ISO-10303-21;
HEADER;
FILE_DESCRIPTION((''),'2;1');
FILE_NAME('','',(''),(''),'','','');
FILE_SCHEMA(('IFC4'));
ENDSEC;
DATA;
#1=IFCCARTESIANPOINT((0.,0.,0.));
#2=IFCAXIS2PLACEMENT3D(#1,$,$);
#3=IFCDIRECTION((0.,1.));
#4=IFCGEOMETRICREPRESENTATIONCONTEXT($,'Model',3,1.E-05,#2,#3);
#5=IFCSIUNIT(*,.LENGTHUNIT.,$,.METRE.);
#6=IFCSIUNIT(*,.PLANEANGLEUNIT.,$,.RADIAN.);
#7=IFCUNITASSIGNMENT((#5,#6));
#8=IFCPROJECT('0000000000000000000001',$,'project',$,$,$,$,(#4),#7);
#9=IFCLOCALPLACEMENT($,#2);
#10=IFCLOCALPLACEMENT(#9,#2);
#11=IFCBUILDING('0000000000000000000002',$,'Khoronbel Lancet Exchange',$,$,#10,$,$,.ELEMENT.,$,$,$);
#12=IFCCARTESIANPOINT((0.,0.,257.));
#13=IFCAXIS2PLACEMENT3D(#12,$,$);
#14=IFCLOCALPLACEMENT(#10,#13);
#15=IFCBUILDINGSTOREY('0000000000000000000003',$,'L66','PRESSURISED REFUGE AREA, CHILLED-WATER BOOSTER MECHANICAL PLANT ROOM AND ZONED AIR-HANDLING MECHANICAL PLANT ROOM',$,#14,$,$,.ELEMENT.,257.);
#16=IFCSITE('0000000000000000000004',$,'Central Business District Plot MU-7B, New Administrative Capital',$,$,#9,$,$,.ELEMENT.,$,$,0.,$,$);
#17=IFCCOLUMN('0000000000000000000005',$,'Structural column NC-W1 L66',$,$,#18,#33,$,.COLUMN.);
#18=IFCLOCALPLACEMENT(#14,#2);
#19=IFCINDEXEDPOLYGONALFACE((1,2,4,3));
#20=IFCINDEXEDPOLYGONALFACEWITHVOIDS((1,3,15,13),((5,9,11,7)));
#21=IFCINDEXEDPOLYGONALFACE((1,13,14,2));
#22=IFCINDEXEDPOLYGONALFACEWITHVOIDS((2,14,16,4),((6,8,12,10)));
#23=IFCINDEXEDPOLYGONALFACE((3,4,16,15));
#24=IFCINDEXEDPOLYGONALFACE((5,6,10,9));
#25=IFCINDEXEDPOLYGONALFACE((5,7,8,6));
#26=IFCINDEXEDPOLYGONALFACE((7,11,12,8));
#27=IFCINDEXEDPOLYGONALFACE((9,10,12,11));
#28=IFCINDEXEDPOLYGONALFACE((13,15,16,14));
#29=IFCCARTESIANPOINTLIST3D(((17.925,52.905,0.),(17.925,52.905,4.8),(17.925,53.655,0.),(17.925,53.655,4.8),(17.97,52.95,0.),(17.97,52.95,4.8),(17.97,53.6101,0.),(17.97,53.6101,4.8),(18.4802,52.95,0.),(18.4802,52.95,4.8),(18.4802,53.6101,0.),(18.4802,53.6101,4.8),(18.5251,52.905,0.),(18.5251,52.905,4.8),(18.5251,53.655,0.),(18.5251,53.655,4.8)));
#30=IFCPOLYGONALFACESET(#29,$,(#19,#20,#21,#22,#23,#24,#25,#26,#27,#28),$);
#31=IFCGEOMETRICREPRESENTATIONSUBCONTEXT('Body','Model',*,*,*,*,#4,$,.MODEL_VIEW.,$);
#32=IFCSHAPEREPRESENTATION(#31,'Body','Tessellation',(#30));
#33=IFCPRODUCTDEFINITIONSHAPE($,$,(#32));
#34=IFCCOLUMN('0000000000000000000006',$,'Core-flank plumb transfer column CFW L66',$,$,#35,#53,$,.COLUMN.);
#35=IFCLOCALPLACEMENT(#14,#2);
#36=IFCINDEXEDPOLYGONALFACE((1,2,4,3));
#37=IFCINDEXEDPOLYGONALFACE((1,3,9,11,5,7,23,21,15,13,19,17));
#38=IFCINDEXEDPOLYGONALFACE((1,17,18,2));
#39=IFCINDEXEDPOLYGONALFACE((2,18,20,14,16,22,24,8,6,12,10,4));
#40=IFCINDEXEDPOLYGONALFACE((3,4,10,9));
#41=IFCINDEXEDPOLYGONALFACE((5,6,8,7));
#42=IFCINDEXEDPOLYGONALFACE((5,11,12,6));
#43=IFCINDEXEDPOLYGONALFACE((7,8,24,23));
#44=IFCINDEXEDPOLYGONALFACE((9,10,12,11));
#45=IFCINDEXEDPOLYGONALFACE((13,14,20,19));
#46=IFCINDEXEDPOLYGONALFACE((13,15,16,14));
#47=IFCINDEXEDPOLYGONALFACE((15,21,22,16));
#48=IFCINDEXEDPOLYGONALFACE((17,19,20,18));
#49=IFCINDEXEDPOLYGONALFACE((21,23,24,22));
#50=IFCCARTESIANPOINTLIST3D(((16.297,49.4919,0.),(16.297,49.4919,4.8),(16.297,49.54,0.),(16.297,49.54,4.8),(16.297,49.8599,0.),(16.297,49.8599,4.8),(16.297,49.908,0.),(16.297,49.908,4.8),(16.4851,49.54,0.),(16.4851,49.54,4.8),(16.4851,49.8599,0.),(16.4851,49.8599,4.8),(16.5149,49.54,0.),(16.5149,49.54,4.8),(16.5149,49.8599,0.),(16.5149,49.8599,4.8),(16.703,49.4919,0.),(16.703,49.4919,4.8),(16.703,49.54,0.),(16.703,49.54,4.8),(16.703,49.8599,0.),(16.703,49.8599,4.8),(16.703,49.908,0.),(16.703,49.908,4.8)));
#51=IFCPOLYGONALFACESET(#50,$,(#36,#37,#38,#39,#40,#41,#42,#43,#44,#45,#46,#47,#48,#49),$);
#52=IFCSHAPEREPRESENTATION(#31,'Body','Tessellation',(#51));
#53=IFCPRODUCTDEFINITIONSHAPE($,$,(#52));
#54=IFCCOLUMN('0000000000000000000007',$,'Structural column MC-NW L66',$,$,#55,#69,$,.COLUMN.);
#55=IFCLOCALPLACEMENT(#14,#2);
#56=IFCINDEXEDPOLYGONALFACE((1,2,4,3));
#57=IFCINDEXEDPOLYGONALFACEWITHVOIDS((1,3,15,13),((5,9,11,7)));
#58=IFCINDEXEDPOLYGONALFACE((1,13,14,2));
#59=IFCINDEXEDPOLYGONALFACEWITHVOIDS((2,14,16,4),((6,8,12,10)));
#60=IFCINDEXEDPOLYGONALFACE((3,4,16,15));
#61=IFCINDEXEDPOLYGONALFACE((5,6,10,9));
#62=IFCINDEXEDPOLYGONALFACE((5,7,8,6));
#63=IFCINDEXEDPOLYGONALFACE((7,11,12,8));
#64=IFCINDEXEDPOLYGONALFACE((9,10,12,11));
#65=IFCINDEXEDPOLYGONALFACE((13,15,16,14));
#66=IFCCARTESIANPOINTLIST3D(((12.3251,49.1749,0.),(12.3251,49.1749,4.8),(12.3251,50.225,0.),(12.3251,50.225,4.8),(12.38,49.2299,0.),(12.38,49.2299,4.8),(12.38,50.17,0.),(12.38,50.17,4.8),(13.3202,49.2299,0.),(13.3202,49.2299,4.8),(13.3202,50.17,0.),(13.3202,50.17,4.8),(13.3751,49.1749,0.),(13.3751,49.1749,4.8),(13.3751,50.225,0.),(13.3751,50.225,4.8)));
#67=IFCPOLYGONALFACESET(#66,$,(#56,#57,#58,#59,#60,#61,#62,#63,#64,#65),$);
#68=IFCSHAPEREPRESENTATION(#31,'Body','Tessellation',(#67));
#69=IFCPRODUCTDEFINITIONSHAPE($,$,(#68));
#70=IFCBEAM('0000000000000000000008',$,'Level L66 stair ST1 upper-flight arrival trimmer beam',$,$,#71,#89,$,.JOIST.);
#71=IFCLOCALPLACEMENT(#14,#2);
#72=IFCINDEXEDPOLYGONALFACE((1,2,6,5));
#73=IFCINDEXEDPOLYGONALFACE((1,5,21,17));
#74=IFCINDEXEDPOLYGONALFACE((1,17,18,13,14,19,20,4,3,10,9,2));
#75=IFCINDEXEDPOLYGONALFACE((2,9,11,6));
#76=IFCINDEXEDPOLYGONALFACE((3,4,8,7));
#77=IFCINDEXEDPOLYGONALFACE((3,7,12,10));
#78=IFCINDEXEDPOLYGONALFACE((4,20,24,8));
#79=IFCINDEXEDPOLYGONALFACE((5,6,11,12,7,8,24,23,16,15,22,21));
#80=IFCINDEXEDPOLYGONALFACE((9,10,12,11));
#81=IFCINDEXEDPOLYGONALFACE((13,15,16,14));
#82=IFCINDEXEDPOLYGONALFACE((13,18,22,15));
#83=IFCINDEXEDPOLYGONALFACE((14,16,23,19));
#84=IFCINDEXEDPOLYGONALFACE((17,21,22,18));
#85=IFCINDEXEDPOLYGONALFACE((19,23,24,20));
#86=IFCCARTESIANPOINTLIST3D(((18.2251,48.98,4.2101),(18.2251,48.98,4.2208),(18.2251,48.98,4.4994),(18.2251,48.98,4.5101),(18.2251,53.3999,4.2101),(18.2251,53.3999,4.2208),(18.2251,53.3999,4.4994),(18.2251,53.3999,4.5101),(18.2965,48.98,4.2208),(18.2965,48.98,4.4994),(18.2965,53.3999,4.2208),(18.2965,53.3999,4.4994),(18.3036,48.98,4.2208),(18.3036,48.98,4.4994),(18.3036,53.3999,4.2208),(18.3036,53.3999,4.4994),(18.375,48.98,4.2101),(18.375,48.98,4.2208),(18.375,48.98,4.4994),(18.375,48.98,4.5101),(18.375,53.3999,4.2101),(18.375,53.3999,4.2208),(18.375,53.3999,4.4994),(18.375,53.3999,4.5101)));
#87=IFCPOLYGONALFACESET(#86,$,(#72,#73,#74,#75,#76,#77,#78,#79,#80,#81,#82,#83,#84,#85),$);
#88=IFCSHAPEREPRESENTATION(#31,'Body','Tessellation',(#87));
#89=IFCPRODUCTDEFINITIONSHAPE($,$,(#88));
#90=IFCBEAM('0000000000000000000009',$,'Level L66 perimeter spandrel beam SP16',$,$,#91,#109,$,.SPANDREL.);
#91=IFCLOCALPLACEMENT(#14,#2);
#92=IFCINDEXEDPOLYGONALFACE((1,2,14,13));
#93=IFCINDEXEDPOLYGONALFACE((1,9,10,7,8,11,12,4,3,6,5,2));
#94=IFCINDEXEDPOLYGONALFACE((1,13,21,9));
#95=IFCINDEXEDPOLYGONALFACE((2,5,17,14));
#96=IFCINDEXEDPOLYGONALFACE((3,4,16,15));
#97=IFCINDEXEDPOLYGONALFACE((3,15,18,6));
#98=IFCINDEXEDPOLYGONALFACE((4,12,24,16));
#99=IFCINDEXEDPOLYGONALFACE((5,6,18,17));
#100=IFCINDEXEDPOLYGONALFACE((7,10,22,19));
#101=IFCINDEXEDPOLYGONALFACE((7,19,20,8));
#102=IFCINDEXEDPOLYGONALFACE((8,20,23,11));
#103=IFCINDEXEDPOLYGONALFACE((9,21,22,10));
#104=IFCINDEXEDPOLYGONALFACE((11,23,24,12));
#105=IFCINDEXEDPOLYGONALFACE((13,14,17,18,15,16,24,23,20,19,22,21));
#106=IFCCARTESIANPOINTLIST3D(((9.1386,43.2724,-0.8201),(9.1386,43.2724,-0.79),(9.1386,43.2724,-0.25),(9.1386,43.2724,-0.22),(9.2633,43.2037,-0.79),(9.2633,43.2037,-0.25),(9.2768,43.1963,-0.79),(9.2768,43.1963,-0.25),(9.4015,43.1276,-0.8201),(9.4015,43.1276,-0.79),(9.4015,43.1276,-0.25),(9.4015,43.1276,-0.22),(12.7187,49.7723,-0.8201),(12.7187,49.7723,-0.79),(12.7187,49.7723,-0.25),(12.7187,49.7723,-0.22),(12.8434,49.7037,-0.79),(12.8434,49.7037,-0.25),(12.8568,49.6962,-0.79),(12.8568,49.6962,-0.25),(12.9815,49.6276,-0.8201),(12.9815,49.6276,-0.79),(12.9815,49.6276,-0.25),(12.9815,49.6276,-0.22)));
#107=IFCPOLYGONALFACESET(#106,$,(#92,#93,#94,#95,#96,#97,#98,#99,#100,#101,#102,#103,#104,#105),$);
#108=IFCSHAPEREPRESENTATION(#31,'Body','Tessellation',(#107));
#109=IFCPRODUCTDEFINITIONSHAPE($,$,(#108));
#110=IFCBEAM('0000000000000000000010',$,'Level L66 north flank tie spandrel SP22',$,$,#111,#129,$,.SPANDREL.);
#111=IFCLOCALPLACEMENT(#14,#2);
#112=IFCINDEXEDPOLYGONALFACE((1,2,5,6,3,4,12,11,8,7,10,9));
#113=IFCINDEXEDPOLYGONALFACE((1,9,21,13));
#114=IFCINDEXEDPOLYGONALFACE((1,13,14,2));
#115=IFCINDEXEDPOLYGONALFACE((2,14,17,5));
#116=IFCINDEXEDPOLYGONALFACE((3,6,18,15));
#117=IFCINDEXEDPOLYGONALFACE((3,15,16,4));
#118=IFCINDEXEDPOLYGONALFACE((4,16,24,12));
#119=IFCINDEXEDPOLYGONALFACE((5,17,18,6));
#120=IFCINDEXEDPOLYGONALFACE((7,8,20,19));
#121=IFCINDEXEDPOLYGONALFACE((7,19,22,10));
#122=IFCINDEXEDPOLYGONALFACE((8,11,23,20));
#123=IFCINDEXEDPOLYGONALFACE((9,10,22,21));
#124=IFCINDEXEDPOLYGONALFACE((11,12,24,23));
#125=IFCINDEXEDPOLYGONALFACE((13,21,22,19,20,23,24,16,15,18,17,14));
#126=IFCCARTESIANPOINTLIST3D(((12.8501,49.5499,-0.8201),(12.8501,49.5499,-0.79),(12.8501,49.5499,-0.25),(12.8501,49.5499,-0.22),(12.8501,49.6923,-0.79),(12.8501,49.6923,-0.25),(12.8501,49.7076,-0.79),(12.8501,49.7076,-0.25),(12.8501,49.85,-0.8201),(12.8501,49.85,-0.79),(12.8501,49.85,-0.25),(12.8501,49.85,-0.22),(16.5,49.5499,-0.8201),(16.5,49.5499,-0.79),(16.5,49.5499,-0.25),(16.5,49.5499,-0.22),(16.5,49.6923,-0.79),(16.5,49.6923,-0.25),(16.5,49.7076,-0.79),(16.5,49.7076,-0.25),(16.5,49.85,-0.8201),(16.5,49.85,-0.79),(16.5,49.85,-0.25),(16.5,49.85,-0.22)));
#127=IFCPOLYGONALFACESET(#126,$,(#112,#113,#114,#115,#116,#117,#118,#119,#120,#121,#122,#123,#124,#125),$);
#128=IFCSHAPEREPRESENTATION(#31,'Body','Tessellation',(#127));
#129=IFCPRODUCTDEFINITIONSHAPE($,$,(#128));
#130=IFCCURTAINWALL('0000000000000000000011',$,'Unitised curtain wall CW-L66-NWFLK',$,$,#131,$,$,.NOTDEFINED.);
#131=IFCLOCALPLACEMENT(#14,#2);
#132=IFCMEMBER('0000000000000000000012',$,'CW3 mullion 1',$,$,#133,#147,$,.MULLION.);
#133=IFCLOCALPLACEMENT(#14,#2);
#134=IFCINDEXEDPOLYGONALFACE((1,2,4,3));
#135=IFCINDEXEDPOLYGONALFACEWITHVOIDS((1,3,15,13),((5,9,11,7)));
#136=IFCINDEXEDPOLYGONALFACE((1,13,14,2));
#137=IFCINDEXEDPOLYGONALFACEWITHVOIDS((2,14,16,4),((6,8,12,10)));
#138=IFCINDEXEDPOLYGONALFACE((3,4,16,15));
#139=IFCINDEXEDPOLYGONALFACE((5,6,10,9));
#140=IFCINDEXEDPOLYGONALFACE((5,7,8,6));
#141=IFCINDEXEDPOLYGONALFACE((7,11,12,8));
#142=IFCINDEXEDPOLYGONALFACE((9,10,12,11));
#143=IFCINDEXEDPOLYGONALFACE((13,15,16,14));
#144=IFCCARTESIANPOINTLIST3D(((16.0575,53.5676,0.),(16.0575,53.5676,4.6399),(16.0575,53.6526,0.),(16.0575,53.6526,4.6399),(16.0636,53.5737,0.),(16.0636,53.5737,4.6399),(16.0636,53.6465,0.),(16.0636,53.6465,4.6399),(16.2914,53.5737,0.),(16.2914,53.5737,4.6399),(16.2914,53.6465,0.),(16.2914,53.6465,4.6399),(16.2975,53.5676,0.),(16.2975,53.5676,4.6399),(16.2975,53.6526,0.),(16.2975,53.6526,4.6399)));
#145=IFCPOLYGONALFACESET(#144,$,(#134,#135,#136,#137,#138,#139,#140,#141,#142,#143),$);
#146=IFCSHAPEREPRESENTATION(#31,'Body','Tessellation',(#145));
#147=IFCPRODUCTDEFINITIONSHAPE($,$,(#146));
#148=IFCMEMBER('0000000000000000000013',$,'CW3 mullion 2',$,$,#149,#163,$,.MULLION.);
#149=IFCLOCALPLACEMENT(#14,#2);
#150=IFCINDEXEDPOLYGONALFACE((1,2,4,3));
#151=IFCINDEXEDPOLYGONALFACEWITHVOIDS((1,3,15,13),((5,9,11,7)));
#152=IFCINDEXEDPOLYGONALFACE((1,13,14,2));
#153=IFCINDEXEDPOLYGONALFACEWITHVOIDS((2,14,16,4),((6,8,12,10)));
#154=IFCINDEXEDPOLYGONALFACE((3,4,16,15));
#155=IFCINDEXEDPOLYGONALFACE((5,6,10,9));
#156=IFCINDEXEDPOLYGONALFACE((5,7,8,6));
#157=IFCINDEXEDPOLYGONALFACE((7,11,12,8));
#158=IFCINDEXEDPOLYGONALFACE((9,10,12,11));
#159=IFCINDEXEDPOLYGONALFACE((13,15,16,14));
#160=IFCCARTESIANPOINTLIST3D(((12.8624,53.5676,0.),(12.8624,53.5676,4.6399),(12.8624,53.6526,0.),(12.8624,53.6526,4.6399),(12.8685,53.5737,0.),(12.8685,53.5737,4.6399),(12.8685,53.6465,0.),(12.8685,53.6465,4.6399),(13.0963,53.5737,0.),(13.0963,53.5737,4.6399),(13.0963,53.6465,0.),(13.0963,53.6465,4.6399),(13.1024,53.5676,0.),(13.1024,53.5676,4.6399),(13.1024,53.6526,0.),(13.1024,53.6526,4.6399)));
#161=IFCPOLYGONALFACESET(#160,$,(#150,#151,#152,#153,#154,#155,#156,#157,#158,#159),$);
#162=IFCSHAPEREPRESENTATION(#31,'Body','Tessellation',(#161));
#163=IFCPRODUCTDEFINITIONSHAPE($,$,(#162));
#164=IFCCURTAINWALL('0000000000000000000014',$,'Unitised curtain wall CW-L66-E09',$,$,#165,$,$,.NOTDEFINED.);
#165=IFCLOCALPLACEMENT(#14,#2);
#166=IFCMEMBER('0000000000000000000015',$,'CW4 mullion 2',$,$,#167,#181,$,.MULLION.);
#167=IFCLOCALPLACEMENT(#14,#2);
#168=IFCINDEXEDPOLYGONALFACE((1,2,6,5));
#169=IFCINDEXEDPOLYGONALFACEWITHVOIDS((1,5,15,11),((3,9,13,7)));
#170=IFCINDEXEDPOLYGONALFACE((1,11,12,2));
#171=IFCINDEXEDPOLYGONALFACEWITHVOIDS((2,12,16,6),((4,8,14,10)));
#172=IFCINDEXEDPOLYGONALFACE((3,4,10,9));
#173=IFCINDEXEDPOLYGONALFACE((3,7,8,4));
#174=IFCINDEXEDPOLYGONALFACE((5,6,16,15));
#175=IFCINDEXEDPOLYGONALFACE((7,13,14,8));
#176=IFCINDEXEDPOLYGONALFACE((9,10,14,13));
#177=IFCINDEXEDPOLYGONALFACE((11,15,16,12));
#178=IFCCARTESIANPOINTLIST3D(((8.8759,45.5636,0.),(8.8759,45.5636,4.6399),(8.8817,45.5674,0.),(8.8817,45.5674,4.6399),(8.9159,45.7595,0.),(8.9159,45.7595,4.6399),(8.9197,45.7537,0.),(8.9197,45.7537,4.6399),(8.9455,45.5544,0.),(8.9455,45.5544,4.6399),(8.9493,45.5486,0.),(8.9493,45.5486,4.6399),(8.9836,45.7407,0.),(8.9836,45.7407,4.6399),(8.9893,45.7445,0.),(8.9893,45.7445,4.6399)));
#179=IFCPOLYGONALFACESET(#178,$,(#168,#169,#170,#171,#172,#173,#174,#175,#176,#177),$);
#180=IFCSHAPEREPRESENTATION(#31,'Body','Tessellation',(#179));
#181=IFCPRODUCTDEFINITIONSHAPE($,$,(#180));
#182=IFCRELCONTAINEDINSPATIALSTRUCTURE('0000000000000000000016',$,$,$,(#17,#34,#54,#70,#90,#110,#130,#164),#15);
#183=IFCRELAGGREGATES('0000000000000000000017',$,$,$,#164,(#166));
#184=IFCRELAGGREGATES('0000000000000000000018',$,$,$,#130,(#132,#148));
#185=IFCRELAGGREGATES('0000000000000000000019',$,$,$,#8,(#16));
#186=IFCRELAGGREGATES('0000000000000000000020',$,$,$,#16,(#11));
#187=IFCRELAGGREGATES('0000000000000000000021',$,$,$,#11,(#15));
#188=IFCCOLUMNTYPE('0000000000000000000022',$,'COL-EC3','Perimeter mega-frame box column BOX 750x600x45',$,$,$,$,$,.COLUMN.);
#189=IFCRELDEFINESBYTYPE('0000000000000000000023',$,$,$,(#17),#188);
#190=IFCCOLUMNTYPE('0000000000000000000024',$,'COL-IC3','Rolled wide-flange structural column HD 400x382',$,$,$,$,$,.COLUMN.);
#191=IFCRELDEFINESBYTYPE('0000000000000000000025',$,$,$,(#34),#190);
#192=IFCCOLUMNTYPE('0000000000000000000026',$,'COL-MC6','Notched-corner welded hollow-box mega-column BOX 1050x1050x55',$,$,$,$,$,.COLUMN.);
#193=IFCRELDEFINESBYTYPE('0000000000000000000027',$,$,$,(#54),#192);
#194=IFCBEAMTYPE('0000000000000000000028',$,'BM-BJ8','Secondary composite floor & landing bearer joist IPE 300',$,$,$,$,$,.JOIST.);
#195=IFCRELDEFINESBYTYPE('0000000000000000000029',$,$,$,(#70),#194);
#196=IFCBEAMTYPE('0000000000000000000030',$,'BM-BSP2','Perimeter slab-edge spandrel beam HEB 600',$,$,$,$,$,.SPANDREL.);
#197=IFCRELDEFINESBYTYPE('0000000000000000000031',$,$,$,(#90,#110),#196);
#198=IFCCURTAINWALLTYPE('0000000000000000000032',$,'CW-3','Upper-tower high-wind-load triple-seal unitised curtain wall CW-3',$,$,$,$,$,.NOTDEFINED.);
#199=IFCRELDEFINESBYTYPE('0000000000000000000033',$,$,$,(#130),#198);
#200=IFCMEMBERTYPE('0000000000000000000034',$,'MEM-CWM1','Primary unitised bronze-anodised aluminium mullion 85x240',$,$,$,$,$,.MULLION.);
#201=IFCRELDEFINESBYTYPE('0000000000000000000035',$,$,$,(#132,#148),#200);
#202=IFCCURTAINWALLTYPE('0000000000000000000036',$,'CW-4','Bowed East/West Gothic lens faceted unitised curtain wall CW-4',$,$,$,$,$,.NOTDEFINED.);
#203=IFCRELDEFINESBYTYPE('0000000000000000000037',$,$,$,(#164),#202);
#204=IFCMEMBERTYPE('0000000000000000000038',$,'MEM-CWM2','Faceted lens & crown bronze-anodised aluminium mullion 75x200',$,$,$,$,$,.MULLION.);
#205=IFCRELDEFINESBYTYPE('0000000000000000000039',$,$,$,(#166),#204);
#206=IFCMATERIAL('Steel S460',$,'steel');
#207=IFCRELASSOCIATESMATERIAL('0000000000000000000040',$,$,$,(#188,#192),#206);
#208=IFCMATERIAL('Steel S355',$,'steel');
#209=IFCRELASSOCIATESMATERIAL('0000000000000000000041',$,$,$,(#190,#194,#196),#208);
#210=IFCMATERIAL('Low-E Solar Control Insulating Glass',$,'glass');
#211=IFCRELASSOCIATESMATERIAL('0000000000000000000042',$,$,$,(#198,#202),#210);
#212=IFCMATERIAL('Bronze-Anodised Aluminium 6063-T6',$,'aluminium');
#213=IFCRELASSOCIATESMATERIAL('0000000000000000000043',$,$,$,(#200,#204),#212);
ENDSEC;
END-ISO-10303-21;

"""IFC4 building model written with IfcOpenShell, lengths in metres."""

from ifc_helpers import new_model, si_unit, direction, frame, origin, origin_2d, place, context, subcontext, project, spatial, hollow_rectangle, i_section, extrude, material, material_profile, profile_set, type_object, element, aggregate, save


model = new_model("IFC4")

# Units and contexts
model_context = context("Model", 3, precision=1e-05, world=origin(), true_north=direction((0.0, 1.0)))
body_context = subcontext(model_context, "Body", "Model", "MODEL_VIEW")
ifc_project = project(units=[si_unit("LENGTHUNIT", "METRE"), si_unit("PLANEANGLEUNIT", "RADIAN")], contexts=[model_context])

# Site, building, storey
site_placement = place(None, origin())
site = spatial("IfcSite", under=ifc_project, at=site_placement, Name="Central Business District Plot MU-7B, New Administrative Capital", CompositionType="ELEMENT", RefElevation=0.0)
building_placement = place(site_placement, origin())
building = spatial("IfcBuilding", under=site, at=building_placement, Name="Khoronbel Lancet Exchange", CompositionType="ELEMENT")
storey_placement = place(building_placement, frame((0.0, 0.0, 257.0)))
storey = spatial("IfcBuildingStorey", under=building, at=storey_placement, Name="L66", Description="PRESSURISED REFUGE AREA, CHILLED-WATER BOOSTER MECHANICAL PLANT ROOM AND ZONED AIR-HANDLING MECHANICAL PLANT ROOM", CompositionType="ELEMENT", Elevation=257.0)

# Columns
ifc_material_1 = material(Name="Steel S460", Category="steel")
ifc_material_profile_1 = material_profile(ifc_material_1, hollow_rectangle(XDim=0.6001, YDim=0.75, WallThickness=0.0449, at=origin_2d()), Name="BOX 750x600x45")
ifc_profile_set_1 = profile_set([ifc_material_profile_1], Name="Steel S460")
column_type_1 = type_object("IfcColumnType", Name="COL-EC3", Description="Perimeter mega-frame box column BOX 750x600x45", PredefinedType="COLUMN", material=ifc_profile_set_1)
column_1_placement = place(storey_placement, frame((18.2251, 53.28, 0.0), z_axis=(0.0, 0.0, 1.0), x_axis=(1.0, 0.0, 0.0)))
element("IfcColumn", 1, at=column_1_placement, inside=storey, type_object=column_type_1, Name="Structural column NC-W1 L66", PredefinedType="COLUMN", context=body_context, shape_type="SweptSolid", body=[
    extrude(hollow_rectangle(XDim=0.6001, YDim=0.75, WallThickness=0.0449, at=origin_2d()), origin(), (0.0, 0.0, 1.0), 4.8),
])
ifc_material_2 = material(Name="Steel S355", Category="steel")
ifc_material_profile_2 = material_profile(ifc_material_2, i_section(OverallWidth=0.406, OverallDepth=0.416, WebThickness=0.0298, FlangeThickness=0.0481, at=origin_2d()), Name="HD 400x382")
ifc_profile_set_2 = profile_set([ifc_material_profile_2], Name="Steel S355")
column_type_2 = type_object("IfcColumnType", Name="COL-IC3", Description="Rolled wide-flange structural column HD 400x382", PredefinedType="COLUMN", material=ifc_profile_set_2)
column_2_placement = place(storey_placement, frame((16.5, 49.7, 0.0), z_axis=(0.0, 0.0, 1.0), x_axis=(1.0, 0.0, 0.0)))
element("IfcColumn", 2, at=column_2_placement, inside=storey, type_object=column_type_2, Name="Core-flank plumb transfer column CFW L66", PredefinedType="COLUMN", context=body_context, shape_type="SweptSolid", body=[
    extrude(i_section(OverallWidth=0.406, OverallDepth=0.416, WebThickness=0.0298, FlangeThickness=0.0481, at=origin_2d()), origin(), (0.0, 0.0, 1.0), 4.8),
])
ifc_material_profile_3 = material_profile(ifc_material_1, hollow_rectangle(XDim=1.05, YDim=1.05, WallThickness=0.0549, at=origin_2d()), Name="BOX 1050x1050x55")
ifc_profile_set_3 = profile_set([ifc_material_profile_3], Name="Steel S460")
column_type_3 = type_object("IfcColumnType", Name="COL-MC6", Description="Notched-corner welded hollow-box mega-column BOX 1050x1050x55", PredefinedType="COLUMN", material=ifc_profile_set_3)
column_3_placement = place(storey_placement, frame((12.8501, 49.7, 0.0), z_axis=(0.0, 0.0, 1.0), x_axis=(1.0, 0.0, 0.0)))
element("IfcColumn", 3, at=column_3_placement, inside=storey, type_object=column_type_3, Name="Structural column MC-NW L66", PredefinedType="COLUMN", context=body_context, shape_type="SweptSolid", body=[
    extrude(hollow_rectangle(XDim=1.05, YDim=1.05, WallThickness=0.0549, at=origin_2d()), origin(), (0.0, 0.0, 1.0), 4.8),
])

# Beams
ifc_material_profile_4 = material_profile(ifc_material_2, i_section(OverallWidth=0.1499, OverallDepth=0.3, WebThickness=0.0071, FlangeThickness=0.0107, at=origin_2d()), Name="IPE 300")
ifc_profile_set_4 = profile_set([ifc_material_profile_4], Name="Steel S355")
beam_type_1 = type_object("IfcBeamType", Name="BM-BJ8", Description="Secondary composite floor & landing bearer joist IPE 300", PredefinedType="JOIST", material=ifc_profile_set_4)
beam_1_placement = place(storey_placement, frame((18.3, 48.98, 4.3601), z_axis=(0.0, 1.0, 0.0), x_axis=(-1.0, 0.0, 0.0)))
element("IfcBeam", 4, at=beam_1_placement, inside=storey, type_object=beam_type_1, Name="Level L66 stair ST1 upper-flight arrival trimmer beam", PredefinedType="JOIST", context=body_context, shape_type="SweptSolid", body=[
    extrude(i_section(OverallWidth=0.1499, OverallDepth=0.3, WebThickness=0.0071, FlangeThickness=0.0107, at=origin_2d()), origin(), (0.0, 0.0, 1.0), 4.4199),
])
ifc_material_profile_5 = material_profile(ifc_material_2, i_section(OverallWidth=0.3, OverallDepth=0.6001, WebThickness=0.0154, FlangeThickness=0.03, at=origin_2d()), Name="HEB 600")
ifc_profile_set_5 = profile_set([ifc_material_profile_5], Name="Steel S355")
beam_type_2 = type_object("IfcBeamType", Name="BM-BSP2", Description="Perimeter slab-edge spandrel beam HEB 600", PredefinedType="SPANDREL", material=ifc_profile_set_5)
beam_2_placement = place(storey_placement, frame((12.8501, 49.7, -0.52), z_axis=(-0.482444, -0.875927, 0.0), x_axis=(0.875927, -0.482444, 0.0)))
element("IfcBeam", 5, at=beam_2_placement, inside=storey, type_object=beam_type_2, Name="Level L66 perimeter spandrel beam SP16", PredefinedType="SPANDREL", context=body_context, shape_type="SweptSolid", body=[
    extrude(i_section(OverallWidth=0.3, OverallDepth=0.6001, WebThickness=0.0154, FlangeThickness=0.03, at=origin_2d()), origin(), (0.0, 0.0, 1.0), 7.4207),
])
beam_3_placement = place(storey_placement, frame((12.8501, 49.7, -0.52), z_axis=(1.0, 0.0, 0.0), x_axis=(0.0, 1.0, 0.0)))
element("IfcBeam", 6, at=beam_3_placement, inside=storey, type_object=beam_type_2, Name="Level L66 north flank tie spandrel SP22", PredefinedType="SPANDREL", context=body_context, shape_type="SweptSolid", body=[
    extrude(i_section(OverallWidth=0.3, OverallDepth=0.6001, WebThickness=0.0154, FlangeThickness=0.03, at=origin_2d()), origin(), (0.0, 0.0, 1.0), 3.6499),
])

# Curtain wall, members
ifc_material_3 = material(Name="Low-E Solar Control Insulating Glass", Category="glass")
curtain_wall_type_1 = type_object("IfcCurtainWallType", Name="CW-3", Description="Upper-tower high-wind-load triple-seal unitised curtain wall CW-3", PredefinedType="NOTDEFINED", material=ifc_material_3)
curtain_wall_1_placement = place(storey_placement, origin())
curtain_wall_1 = element("IfcCurtainWall", 7, at=curtain_wall_1_placement, inside=storey, type_object=curtain_wall_type_1, Name="Unitised curtain wall CW-L66-NWFLK", PredefinedType="NOTDEFINED")
ifc_material_4 = material(Name="Bronze-Anodised Aluminium 6063-T6", Category="aluminium")
ifc_material_profile_6 = material_profile(ifc_material_4, hollow_rectangle(XDim=0.085, YDim=0.24, WallThickness=0.0061, at=origin_2d()), Name="ALU MULLION 85x240")
ifc_profile_set_6 = profile_set([ifc_material_profile_6], Name="Bronze-Anodised Aluminium 6063-T6")
member_type_1 = type_object("IfcMemberType", Name="MEM-CWM1", Description="Primary unitised bronze-anodised aluminium mullion 85x240", PredefinedType="MULLION", material=ifc_profile_set_6)
member_1_placement = place(storey_placement, frame((16.1775, 53.6101, 0.0), z_axis=(0.0, 0.0, 1.0), x_axis=(0.0, -1.0, 0.0)))
member_1 = element("IfcMember", 8, at=member_1_placement, type_object=member_type_1, Name="CW3 mullion 1", PredefinedType="MULLION", context=body_context, shape_type="SweptSolid", body=[
    extrude(hollow_rectangle(XDim=0.085, YDim=0.24, WallThickness=0.0061, at=origin_2d()), origin(), (0.0, 0.0, 1.0), 4.6399),
])
member_2_placement = place(storey_placement, frame((12.9824, 53.6101, 0.0), z_axis=(0.0, 0.0, 1.0), x_axis=(0.0, -1.0, 0.0)))
member_2 = element("IfcMember", 9, at=member_2_placement, type_object=member_type_1, Name="CW3 mullion 2", PredefinedType="MULLION", context=body_context, shape_type="SweptSolid", body=[
    extrude(hollow_rectangle(XDim=0.085, YDim=0.24, WallThickness=0.0061, at=origin_2d()), origin(), (0.0, 0.0, 1.0), 4.6399),
])

# Curtain wall, member
curtain_wall_type_2 = type_object("IfcCurtainWallType", Name="CW-4", Description="Bowed East/West Gothic lens faceted unitised curtain wall CW-4", PredefinedType="NOTDEFINED", material=ifc_material_3)
curtain_wall_2_placement = place(storey_placement, origin())
curtain_wall_2 = element("IfcCurtainWall", 10, at=curtain_wall_2_placement, inside=storey, type_object=curtain_wall_type_2, Name="Unitised curtain wall CW-L66-E09", PredefinedType="NOTDEFINED")
ifc_material_profile_7 = material_profile(ifc_material_4, hollow_rectangle(XDim=0.075, YDim=0.2, WallThickness=0.0049, at=origin_2d()), Name="ALU MULLION 75x200")
ifc_profile_set_7 = profile_set([ifc_material_profile_7], Name="Bronze-Anodised Aluminium 6063-T6")
member_type_2 = type_object("IfcMemberType", Name="MEM-CWM2", Description="Faceted lens & crown bronze-anodised aluminium mullion 75x200", PredefinedType="MULLION", material=ifc_profile_set_7)
member_3_placement = place(storey_placement, frame((8.9326, 45.6541, 0.0), z_axis=(0.0, 0.0, 1.0), x_axis=(-0.979785, 0.200052, 0.0)))
member_3 = element("IfcMember", 11, at=member_3_placement, type_object=member_type_2, Name="CW4 mullion 2", PredefinedType="MULLION", context=body_context, shape_type="SweptSolid", body=[
    extrude(hollow_rectangle(XDim=0.075, YDim=0.2, WallThickness=0.0049, at=origin_2d()), origin(), (0.0, 0.0, 1.0), 4.6399),
])
aggregate(curtain_wall_2, [member_3])

aggregate(curtain_wall_1, [member_1, member_2])

save(model, "model.ifc")
